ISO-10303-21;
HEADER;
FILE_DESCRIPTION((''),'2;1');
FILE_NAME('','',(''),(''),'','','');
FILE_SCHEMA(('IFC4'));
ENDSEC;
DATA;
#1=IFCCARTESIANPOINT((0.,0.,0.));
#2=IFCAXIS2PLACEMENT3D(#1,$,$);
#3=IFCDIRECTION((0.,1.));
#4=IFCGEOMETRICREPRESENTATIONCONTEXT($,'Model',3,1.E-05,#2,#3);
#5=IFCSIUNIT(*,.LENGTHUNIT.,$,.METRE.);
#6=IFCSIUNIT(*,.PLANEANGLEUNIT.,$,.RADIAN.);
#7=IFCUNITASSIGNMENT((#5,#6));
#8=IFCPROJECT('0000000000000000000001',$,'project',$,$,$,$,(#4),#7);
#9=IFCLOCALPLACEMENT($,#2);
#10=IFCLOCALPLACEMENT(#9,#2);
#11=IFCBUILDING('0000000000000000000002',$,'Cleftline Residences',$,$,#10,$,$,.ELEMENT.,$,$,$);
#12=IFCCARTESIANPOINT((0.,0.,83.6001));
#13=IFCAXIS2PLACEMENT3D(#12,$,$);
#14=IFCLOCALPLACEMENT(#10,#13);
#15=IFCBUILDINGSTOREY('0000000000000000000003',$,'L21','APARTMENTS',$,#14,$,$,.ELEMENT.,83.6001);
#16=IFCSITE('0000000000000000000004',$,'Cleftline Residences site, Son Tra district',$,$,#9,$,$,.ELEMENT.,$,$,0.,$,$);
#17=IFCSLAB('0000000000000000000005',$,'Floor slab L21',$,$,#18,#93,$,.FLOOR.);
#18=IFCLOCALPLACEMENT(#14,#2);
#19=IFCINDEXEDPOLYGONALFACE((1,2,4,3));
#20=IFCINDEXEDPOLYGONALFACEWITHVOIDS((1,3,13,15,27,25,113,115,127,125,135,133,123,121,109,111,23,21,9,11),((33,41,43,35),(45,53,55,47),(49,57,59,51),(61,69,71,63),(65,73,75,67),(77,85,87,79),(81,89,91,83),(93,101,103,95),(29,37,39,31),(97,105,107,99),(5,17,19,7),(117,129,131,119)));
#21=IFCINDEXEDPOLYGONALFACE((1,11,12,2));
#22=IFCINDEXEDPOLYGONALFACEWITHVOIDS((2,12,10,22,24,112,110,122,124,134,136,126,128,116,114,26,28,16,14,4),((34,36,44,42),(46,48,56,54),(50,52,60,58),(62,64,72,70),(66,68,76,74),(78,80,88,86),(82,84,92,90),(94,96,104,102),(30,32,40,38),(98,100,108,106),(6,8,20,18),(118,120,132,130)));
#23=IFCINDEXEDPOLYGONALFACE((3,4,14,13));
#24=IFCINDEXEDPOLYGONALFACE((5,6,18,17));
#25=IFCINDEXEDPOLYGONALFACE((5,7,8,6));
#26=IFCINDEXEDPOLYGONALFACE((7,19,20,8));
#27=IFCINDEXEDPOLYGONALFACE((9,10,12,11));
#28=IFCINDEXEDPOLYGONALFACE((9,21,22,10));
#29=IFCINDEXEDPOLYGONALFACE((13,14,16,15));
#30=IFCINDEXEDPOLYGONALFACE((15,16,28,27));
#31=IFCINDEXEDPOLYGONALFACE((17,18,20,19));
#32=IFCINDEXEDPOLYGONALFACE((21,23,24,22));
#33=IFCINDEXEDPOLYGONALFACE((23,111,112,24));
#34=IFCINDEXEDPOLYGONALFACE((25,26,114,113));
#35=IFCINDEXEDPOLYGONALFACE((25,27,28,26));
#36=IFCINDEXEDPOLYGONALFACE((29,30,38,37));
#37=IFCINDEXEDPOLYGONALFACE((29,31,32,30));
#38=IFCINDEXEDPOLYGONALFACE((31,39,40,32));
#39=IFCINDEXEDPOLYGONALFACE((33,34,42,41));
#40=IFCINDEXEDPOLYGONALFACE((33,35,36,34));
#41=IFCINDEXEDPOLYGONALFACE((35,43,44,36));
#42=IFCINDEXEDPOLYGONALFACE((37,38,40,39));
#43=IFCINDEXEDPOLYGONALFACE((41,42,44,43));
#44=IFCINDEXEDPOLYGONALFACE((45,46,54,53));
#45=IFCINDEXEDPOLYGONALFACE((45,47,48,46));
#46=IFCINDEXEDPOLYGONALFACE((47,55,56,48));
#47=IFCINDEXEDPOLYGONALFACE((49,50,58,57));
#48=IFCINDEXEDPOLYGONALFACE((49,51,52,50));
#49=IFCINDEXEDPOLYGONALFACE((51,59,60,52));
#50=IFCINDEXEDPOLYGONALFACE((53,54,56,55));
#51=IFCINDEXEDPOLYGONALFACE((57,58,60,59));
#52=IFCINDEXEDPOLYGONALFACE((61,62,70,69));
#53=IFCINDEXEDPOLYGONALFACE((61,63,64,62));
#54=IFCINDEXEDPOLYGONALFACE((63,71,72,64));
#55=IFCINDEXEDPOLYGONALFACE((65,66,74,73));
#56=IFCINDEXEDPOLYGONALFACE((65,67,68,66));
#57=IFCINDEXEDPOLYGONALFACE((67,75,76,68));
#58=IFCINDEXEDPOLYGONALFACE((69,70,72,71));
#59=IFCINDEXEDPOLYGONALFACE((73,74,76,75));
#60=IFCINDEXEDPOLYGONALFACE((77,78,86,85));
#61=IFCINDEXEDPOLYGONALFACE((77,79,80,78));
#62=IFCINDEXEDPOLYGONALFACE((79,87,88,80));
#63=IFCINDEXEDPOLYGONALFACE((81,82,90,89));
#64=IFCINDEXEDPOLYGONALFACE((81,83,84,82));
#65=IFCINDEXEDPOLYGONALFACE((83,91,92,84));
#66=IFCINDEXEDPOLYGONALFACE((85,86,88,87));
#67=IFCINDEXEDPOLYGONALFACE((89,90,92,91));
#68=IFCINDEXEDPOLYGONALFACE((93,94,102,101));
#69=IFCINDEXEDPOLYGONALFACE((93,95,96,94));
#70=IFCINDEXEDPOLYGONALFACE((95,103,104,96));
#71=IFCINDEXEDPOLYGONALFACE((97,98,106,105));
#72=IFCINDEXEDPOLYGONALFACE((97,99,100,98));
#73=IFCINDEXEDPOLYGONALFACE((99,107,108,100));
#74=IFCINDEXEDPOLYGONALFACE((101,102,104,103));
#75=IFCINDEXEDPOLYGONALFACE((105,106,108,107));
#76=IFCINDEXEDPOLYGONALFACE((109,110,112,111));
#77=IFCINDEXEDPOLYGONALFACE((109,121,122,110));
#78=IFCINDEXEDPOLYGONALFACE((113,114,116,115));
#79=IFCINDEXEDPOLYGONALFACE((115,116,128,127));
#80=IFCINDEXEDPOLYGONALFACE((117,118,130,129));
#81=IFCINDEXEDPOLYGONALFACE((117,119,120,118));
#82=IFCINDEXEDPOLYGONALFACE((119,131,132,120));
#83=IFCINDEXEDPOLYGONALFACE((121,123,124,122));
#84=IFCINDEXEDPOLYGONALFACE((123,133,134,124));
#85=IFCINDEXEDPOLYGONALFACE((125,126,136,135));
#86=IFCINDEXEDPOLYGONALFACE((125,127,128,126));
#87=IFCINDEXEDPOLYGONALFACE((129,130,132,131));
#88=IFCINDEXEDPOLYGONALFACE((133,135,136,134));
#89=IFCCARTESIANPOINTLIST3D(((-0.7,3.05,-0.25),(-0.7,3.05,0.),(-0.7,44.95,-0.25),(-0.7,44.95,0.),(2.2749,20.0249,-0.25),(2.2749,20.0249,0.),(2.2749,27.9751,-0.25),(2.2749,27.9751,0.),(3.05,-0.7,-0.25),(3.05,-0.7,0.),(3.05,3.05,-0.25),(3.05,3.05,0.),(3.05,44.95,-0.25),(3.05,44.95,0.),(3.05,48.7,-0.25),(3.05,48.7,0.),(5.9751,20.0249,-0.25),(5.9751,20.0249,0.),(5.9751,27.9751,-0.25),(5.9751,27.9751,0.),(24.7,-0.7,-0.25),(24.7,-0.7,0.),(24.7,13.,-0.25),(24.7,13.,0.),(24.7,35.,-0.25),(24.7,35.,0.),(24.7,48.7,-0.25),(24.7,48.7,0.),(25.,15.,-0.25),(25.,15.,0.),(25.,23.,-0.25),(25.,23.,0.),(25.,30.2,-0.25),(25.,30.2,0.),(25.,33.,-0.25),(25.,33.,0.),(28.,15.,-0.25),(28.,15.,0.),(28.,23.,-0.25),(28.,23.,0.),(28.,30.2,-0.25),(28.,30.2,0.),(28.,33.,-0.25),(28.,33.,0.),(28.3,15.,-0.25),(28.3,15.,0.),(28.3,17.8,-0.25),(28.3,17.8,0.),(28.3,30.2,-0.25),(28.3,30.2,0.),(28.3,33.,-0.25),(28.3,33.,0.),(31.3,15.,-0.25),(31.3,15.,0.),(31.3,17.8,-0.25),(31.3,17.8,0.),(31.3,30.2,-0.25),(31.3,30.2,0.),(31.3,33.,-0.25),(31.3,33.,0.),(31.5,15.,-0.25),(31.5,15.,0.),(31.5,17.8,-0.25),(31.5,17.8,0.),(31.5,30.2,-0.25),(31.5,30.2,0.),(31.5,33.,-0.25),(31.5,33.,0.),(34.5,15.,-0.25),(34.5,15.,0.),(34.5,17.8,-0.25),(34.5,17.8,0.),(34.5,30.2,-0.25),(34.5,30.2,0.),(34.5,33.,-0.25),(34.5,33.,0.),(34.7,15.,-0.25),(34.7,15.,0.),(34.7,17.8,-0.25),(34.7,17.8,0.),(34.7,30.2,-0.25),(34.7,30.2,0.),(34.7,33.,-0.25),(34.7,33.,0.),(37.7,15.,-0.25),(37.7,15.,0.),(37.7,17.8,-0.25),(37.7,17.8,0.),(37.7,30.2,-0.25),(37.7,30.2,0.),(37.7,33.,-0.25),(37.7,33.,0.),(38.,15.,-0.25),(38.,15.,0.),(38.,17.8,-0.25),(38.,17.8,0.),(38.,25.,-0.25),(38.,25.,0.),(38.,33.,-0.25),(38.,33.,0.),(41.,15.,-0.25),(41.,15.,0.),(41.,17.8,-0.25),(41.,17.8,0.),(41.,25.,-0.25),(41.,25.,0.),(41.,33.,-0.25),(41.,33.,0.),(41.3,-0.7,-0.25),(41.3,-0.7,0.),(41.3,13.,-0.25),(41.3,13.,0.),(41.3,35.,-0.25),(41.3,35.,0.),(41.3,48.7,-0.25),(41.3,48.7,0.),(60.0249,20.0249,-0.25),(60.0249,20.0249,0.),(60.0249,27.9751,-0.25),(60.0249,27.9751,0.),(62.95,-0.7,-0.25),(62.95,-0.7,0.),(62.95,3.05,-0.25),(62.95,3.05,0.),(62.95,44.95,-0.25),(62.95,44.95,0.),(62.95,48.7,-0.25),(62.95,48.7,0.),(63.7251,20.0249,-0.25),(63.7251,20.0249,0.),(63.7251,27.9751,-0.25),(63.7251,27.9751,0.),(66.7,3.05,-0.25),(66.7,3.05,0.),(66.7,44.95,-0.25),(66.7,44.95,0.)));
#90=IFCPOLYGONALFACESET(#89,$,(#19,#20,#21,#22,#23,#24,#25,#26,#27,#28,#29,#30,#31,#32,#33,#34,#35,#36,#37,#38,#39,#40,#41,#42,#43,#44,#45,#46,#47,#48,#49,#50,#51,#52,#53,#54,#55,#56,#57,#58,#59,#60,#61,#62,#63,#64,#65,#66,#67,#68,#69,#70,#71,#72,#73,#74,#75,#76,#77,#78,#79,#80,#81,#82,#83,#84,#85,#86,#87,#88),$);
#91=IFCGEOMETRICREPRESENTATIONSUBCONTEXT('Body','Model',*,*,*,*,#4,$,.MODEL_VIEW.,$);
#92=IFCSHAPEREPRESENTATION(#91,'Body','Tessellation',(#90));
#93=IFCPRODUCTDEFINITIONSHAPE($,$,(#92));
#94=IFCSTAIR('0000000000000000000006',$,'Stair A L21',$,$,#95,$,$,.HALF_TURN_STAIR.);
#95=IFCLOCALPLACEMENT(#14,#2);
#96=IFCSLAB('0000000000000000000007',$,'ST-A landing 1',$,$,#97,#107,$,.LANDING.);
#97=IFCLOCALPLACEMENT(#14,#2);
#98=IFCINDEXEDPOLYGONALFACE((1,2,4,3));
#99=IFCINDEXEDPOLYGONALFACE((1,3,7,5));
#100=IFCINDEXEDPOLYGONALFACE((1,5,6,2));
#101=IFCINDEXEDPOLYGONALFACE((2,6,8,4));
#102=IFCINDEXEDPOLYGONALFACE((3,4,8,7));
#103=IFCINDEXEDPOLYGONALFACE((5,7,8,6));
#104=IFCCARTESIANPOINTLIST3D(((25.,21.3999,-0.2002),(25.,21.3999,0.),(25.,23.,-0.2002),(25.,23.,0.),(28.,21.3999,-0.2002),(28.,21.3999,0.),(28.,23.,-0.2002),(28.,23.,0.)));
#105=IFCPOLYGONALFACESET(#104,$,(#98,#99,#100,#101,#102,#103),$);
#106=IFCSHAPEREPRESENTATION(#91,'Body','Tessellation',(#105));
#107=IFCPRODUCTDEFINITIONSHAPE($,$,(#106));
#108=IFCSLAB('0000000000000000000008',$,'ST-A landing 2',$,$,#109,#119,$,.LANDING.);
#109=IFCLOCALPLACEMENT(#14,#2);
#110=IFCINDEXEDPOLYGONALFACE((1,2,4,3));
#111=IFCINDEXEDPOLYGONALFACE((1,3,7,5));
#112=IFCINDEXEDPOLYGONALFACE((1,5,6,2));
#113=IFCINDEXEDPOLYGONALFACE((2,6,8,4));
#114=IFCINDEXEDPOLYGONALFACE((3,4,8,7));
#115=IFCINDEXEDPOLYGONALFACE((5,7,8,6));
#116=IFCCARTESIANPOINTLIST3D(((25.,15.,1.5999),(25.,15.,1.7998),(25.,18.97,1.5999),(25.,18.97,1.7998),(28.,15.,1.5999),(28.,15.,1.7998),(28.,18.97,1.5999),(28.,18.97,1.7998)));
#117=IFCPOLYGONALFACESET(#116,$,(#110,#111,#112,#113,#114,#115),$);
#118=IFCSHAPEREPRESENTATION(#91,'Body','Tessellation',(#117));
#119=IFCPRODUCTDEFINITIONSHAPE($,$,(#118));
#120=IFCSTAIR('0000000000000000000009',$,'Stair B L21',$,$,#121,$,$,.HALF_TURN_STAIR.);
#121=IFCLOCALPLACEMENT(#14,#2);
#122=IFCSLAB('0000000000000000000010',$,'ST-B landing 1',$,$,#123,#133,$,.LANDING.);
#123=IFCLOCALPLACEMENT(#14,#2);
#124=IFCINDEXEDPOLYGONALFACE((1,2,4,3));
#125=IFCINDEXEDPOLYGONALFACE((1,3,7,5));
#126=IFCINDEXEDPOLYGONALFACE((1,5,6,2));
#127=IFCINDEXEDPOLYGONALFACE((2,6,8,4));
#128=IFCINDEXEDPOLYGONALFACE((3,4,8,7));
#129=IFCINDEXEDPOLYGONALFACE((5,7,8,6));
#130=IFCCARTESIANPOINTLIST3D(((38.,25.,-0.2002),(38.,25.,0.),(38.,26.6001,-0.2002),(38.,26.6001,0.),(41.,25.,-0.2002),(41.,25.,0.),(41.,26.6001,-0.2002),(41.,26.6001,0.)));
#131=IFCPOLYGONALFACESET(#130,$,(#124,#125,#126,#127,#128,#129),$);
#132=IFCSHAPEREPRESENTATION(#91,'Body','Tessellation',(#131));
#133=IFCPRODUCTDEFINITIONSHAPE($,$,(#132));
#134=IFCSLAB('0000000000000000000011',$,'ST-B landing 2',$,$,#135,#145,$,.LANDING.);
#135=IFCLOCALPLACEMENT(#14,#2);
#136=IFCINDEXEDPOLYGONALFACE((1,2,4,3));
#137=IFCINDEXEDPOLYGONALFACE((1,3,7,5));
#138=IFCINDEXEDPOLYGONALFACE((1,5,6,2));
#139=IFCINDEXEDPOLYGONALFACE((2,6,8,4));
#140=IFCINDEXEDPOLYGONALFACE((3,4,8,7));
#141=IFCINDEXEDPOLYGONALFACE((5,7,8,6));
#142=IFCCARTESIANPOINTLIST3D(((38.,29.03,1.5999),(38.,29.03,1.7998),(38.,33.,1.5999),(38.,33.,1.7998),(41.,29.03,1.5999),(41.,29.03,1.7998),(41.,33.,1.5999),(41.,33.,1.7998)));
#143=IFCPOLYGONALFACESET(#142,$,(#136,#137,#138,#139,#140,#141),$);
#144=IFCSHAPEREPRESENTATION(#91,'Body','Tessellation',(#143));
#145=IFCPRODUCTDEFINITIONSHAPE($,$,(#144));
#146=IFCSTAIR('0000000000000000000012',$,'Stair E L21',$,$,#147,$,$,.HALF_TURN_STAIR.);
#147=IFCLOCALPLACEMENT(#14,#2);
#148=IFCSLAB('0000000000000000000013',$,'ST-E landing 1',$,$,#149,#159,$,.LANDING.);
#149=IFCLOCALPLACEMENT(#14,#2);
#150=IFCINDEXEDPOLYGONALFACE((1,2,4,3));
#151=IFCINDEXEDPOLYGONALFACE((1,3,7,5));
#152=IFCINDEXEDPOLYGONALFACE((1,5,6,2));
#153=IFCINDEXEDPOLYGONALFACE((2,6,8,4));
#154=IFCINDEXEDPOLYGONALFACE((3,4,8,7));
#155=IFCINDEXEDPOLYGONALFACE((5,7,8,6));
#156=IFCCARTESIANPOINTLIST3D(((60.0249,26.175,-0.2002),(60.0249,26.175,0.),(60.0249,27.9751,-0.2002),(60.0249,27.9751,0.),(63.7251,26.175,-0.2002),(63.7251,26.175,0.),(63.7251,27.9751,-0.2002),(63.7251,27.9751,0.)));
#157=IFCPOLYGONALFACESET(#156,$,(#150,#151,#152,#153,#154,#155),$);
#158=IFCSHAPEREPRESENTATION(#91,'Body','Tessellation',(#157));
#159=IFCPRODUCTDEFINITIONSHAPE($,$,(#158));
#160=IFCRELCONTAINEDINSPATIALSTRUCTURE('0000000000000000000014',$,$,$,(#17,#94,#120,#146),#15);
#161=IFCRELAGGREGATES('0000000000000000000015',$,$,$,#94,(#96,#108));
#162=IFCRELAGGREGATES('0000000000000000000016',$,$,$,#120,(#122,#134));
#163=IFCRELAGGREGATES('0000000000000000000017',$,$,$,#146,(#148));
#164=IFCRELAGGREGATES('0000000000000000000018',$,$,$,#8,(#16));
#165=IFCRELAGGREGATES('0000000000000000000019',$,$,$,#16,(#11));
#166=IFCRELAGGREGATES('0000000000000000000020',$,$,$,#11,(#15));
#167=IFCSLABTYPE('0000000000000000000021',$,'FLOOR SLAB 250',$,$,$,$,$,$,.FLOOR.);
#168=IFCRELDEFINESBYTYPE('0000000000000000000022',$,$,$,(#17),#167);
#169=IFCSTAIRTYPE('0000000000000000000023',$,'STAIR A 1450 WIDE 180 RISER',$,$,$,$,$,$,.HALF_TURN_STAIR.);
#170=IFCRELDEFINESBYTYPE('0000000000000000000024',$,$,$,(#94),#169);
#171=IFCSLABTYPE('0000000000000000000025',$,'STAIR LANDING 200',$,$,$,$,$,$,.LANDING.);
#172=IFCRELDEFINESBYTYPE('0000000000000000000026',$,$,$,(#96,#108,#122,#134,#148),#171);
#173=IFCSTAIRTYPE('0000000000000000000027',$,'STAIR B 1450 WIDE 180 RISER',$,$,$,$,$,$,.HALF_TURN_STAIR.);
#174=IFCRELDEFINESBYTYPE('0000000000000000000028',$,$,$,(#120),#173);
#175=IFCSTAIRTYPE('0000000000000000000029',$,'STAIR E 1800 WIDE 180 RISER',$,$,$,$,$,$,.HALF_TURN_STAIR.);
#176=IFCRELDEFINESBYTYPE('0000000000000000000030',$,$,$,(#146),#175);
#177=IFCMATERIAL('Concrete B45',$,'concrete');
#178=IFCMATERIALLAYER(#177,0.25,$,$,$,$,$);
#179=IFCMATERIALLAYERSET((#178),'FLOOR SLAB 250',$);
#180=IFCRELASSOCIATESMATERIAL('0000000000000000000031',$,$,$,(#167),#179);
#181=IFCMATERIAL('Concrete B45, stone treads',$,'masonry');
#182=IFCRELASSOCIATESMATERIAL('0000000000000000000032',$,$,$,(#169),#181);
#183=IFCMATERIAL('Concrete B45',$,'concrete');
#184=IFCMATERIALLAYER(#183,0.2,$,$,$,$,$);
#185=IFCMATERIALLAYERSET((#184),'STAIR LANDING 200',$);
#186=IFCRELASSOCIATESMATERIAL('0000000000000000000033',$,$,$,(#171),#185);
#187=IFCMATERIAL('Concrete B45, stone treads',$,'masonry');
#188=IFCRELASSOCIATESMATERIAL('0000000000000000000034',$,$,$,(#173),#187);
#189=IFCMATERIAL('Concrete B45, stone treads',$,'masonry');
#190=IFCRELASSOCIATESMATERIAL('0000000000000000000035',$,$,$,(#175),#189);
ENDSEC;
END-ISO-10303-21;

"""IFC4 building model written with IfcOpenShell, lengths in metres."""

from ifc_helpers import new_model, si_unit, direction, frame, origin, place, context, subcontext, project, spatial, polyline, outline, extrude, material, layer, layer_set, type_object, element, aggregate, save


model = new_model("IFC4")

# Units and contexts
model_context = context("Model", 3, precision=1e-05, world=origin(), true_north=direction((0.0, 1.0)))
body_context = subcontext(model_context, "Body", "Model", "MODEL_VIEW")
ifc_project = project(units=[si_unit("LENGTHUNIT", "METRE"), si_unit("PLANEANGLEUNIT", "RADIAN")], contexts=[model_context])

# Site, building, storey
site_placement = place(None, origin())
site = spatial("IfcSite", under=ifc_project, at=site_placement, Name="Cleftline Residences site, Son Tra district", CompositionType="ELEMENT", RefElevation=0.0)
building_placement = place(site_placement, origin())
building = spatial("IfcBuilding", under=site, at=building_placement, Name="Cleftline Residences", CompositionType="ELEMENT")
storey_placement = place(building_placement, frame((0.0, 0.0, 83.6001)))
storey = spatial("IfcBuildingStorey", under=building, at=storey_placement, Name="L21", Description="APARTMENTS", CompositionType="ELEMENT", Elevation=83.6001)

# Slab
ifc_material_1 = material(Name="Concrete B45", Category="concrete")
ifc_layer_1 = layer(ifc_material_1, 0.25)
ifc_layer_set_1 = layer_set([ifc_layer_1], Name="FLOOR SLAB 250")
slab_type_1 = type_object("IfcSlabType", Name="FLOOR SLAB 250", PredefinedType="FLOOR", material=ifc_layer_set_1)
slab_1_placement = place(storey_placement, frame((0.0, 0.0, -0.25)))
element("IfcSlab", 1, at=slab_1_placement, inside=storey, type_object=slab_type_1, Name="Floor slab L21", PredefinedType="FLOOR", context=body_context, shape_type="SweptSolid", body=[
    extrude(outline(polyline([(24.7, 13.0), (41.3, 13.0), (41.3, -0.7), (62.95, -0.7), (62.95, 3.05), (66.7, 3.05), (66.7, 44.95), (62.95, 44.95), (62.95, 48.7), (41.3, 48.7), (41.3, 35.0), (24.7, 35.0), (24.7, 48.7), (3.05, 48.7), (3.05, 44.95), (-0.7, 44.95), (-0.7, 3.05), (3.05, 3.05), (3.05, -0.7), (24.7, -0.7), (24.7, 13.0)]), holes=[polyline([(28.0, 15.0), (28.0, 23.0), (25.0, 23.0), (25.0, 15.0), (28.0, 15.0)]), polyline([(41.0, 25.0), (41.0, 33.0), (38.0, 33.0), (38.0, 25.0), (41.0, 25.0)]), polyline([(28.0, 30.2), (28.0, 33.0), (25.0, 33.0), (25.0, 30.2), (28.0, 30.2)]), polyline([(41.0, 15.0), (41.0, 17.8), (38.0, 17.8), (38.0, 15.0), (41.0, 15.0)]), polyline([(31.3, 15.0), (31.3, 17.8), (28.3, 17.8), (28.3, 15.0), (31.3, 15.0)]), polyline([(34.5, 15.0), (34.5, 17.8), (31.5, 17.8), (31.5, 15.0), (34.5, 15.0)]), polyline([(37.7, 15.0), (37.7, 17.8), (34.7, 17.8), (34.7, 15.0), (37.7, 15.0)]), polyline([(31.3, 30.2), (31.3, 33.0), (28.3, 33.0), (28.3, 30.2), (31.3, 30.2)]), polyline([(34.5, 30.2), (34.5, 33.0), (31.5, 33.0), (31.5, 30.2), (34.5, 30.2)]), polyline([(37.7, 30.2), (37.7, 33.0), (34.7, 33.0), (34.7, 30.2), (37.7, 30.2)]), polyline([(63.7251, 20.0249), (63.7251, 27.9751), (60.0249, 27.9751), (60.0249, 20.0249), (63.7251, 20.0249)]), polyline([(5.9751, 20.0249), (5.9751, 27.9751), (2.2749, 27.9751), (2.2749, 20.0249), (5.9751, 20.0249)])]), origin(), (0.0, 0.0, 1.0), 0.25),
])

# Stairs, slabs
ifc_material_2 = material(Name="Concrete B45, stone treads", Category="masonry")
stair_type_1 = type_object("IfcStairType", Name="STAIR A 1450 WIDE 180 RISER", PredefinedType="HALF_TURN_STAIR", material=ifc_material_2)
stair_1_placement = place(storey_placement, origin())
stair_1 = element("IfcStair", 2, at=stair_1_placement, inside=storey, type_object=stair_type_1, Name="Stair A L21", PredefinedType="HALF_TURN_STAIR")
ifc_material_3 = material(Name="Concrete B45", Category="concrete")
ifc_layer_2 = layer(ifc_material_3, 0.2)
ifc_layer_set_2 = layer_set([ifc_layer_2], Name="STAIR LANDING 200")
slab_type_2 = type_object("IfcSlabType", Name="STAIR LANDING 200", PredefinedType="LANDING", material=ifc_layer_set_2)
slab_2_placement = place(storey_placement, frame((0.0, 0.0, -0.2002)))
slab_2 = element("IfcSlab", 3, at=slab_2_placement, type_object=slab_type_2, Name="ST-A landing 1", PredefinedType="LANDING", context=body_context, shape_type="SweptSolid", body=[
    extrude(outline(polyline([(25.0, 21.3999), (28.0, 21.3999), (28.0, 23.0), (25.0, 23.0), (25.0, 21.3999)])), origin(), (0.0, 0.0, 1.0), 0.2002),
])
slab_3_placement = place(storey_placement, frame((0.0, 0.0, 1.5999)))
slab_3 = element("IfcSlab", 4, at=slab_3_placement, type_object=slab_type_2, Name="ST-A landing 2", PredefinedType="LANDING", context=body_context, shape_type="SweptSolid", body=[
    extrude(outline(polyline([(25.0, 15.0), (28.0, 15.0), (28.0, 18.97), (25.0, 18.97), (25.0, 15.0)])), origin(), (0.0, 0.0, 1.0), 0.2),
])
aggregate(stair_1, [slab_2, slab_3])
ifc_material_4 = material(Name="Concrete B45, stone treads", Category="masonry")
stair_type_2 = type_object("IfcStairType", Name="STAIR B 1450 WIDE 180 RISER", PredefinedType="HALF_TURN_STAIR", material=ifc_material_4)
stair_2_placement = place(storey_placement, origin())
stair_2 = element("IfcStair", 5, at=stair_2_placement, inside=storey, type_object=stair_type_2, Name="Stair B L21", PredefinedType="HALF_TURN_STAIR")
slab_4_placement = place(storey_placement, frame((0.0, 0.0, -0.2002)))
slab_4 = element("IfcSlab", 6, at=slab_4_placement, type_object=slab_type_2, Name="ST-B landing 1", PredefinedType="LANDING", context=body_context, shape_type="SweptSolid", body=[
    extrude(outline(polyline([(38.0, 25.0), (41.0, 25.0), (41.0, 26.6001), (38.0, 26.6001), (38.0, 25.0)])), origin(), (0.0, 0.0, 1.0), 0.2002),
])
slab_5_placement = place(storey_placement, frame((0.0, 0.0, 1.5999)))
slab_5 = element("IfcSlab", 7, at=slab_5_placement, type_object=slab_type_2, Name="ST-B landing 2", PredefinedType="LANDING", context=body_context, shape_type="SweptSolid", body=[
    extrude(outline(polyline([(38.0, 29.03), (41.0, 29.03), (41.0, 33.0), (38.0, 33.0), (38.0, 29.03)])), origin(), (0.0, 0.0, 1.0), 0.2),
])
aggregate(stair_2, [slab_4, slab_5])

# Stair, slab
ifc_material_5 = material(Name="Concrete B45, stone treads", Category="masonry")
stair_type_3 = type_object("IfcStairType", Name="STAIR E 1800 WIDE 180 RISER", PredefinedType="HALF_TURN_STAIR", material=ifc_material_5)
stair_3_placement = place(storey_placement, origin())
stair_3 = element("IfcStair", 8, at=stair_3_placement, inside=storey, type_object=stair_type_3, Name="Stair E L21", PredefinedType="HALF_TURN_STAIR")
slab_6_placement = place(storey_placement, frame((0.0, 0.0, -0.2002)))
slab_6 = element("IfcSlab", 9, at=slab_6_placement, type_object=slab_type_2, Name="ST-E landing 1", PredefinedType="LANDING", context=body_context, shape_type="SweptSolid", body=[
    extrude(outline(polyline([(60.0249, 26.175), (63.7251, 26.175), (63.7251, 27.9751), (60.0249, 27.9751), (60.0249, 26.175)])), origin(), (0.0, 0.0, 1.0), 0.2002),
])
aggregate(stair_3, [slab_6])

save(model, "model.ifc")
